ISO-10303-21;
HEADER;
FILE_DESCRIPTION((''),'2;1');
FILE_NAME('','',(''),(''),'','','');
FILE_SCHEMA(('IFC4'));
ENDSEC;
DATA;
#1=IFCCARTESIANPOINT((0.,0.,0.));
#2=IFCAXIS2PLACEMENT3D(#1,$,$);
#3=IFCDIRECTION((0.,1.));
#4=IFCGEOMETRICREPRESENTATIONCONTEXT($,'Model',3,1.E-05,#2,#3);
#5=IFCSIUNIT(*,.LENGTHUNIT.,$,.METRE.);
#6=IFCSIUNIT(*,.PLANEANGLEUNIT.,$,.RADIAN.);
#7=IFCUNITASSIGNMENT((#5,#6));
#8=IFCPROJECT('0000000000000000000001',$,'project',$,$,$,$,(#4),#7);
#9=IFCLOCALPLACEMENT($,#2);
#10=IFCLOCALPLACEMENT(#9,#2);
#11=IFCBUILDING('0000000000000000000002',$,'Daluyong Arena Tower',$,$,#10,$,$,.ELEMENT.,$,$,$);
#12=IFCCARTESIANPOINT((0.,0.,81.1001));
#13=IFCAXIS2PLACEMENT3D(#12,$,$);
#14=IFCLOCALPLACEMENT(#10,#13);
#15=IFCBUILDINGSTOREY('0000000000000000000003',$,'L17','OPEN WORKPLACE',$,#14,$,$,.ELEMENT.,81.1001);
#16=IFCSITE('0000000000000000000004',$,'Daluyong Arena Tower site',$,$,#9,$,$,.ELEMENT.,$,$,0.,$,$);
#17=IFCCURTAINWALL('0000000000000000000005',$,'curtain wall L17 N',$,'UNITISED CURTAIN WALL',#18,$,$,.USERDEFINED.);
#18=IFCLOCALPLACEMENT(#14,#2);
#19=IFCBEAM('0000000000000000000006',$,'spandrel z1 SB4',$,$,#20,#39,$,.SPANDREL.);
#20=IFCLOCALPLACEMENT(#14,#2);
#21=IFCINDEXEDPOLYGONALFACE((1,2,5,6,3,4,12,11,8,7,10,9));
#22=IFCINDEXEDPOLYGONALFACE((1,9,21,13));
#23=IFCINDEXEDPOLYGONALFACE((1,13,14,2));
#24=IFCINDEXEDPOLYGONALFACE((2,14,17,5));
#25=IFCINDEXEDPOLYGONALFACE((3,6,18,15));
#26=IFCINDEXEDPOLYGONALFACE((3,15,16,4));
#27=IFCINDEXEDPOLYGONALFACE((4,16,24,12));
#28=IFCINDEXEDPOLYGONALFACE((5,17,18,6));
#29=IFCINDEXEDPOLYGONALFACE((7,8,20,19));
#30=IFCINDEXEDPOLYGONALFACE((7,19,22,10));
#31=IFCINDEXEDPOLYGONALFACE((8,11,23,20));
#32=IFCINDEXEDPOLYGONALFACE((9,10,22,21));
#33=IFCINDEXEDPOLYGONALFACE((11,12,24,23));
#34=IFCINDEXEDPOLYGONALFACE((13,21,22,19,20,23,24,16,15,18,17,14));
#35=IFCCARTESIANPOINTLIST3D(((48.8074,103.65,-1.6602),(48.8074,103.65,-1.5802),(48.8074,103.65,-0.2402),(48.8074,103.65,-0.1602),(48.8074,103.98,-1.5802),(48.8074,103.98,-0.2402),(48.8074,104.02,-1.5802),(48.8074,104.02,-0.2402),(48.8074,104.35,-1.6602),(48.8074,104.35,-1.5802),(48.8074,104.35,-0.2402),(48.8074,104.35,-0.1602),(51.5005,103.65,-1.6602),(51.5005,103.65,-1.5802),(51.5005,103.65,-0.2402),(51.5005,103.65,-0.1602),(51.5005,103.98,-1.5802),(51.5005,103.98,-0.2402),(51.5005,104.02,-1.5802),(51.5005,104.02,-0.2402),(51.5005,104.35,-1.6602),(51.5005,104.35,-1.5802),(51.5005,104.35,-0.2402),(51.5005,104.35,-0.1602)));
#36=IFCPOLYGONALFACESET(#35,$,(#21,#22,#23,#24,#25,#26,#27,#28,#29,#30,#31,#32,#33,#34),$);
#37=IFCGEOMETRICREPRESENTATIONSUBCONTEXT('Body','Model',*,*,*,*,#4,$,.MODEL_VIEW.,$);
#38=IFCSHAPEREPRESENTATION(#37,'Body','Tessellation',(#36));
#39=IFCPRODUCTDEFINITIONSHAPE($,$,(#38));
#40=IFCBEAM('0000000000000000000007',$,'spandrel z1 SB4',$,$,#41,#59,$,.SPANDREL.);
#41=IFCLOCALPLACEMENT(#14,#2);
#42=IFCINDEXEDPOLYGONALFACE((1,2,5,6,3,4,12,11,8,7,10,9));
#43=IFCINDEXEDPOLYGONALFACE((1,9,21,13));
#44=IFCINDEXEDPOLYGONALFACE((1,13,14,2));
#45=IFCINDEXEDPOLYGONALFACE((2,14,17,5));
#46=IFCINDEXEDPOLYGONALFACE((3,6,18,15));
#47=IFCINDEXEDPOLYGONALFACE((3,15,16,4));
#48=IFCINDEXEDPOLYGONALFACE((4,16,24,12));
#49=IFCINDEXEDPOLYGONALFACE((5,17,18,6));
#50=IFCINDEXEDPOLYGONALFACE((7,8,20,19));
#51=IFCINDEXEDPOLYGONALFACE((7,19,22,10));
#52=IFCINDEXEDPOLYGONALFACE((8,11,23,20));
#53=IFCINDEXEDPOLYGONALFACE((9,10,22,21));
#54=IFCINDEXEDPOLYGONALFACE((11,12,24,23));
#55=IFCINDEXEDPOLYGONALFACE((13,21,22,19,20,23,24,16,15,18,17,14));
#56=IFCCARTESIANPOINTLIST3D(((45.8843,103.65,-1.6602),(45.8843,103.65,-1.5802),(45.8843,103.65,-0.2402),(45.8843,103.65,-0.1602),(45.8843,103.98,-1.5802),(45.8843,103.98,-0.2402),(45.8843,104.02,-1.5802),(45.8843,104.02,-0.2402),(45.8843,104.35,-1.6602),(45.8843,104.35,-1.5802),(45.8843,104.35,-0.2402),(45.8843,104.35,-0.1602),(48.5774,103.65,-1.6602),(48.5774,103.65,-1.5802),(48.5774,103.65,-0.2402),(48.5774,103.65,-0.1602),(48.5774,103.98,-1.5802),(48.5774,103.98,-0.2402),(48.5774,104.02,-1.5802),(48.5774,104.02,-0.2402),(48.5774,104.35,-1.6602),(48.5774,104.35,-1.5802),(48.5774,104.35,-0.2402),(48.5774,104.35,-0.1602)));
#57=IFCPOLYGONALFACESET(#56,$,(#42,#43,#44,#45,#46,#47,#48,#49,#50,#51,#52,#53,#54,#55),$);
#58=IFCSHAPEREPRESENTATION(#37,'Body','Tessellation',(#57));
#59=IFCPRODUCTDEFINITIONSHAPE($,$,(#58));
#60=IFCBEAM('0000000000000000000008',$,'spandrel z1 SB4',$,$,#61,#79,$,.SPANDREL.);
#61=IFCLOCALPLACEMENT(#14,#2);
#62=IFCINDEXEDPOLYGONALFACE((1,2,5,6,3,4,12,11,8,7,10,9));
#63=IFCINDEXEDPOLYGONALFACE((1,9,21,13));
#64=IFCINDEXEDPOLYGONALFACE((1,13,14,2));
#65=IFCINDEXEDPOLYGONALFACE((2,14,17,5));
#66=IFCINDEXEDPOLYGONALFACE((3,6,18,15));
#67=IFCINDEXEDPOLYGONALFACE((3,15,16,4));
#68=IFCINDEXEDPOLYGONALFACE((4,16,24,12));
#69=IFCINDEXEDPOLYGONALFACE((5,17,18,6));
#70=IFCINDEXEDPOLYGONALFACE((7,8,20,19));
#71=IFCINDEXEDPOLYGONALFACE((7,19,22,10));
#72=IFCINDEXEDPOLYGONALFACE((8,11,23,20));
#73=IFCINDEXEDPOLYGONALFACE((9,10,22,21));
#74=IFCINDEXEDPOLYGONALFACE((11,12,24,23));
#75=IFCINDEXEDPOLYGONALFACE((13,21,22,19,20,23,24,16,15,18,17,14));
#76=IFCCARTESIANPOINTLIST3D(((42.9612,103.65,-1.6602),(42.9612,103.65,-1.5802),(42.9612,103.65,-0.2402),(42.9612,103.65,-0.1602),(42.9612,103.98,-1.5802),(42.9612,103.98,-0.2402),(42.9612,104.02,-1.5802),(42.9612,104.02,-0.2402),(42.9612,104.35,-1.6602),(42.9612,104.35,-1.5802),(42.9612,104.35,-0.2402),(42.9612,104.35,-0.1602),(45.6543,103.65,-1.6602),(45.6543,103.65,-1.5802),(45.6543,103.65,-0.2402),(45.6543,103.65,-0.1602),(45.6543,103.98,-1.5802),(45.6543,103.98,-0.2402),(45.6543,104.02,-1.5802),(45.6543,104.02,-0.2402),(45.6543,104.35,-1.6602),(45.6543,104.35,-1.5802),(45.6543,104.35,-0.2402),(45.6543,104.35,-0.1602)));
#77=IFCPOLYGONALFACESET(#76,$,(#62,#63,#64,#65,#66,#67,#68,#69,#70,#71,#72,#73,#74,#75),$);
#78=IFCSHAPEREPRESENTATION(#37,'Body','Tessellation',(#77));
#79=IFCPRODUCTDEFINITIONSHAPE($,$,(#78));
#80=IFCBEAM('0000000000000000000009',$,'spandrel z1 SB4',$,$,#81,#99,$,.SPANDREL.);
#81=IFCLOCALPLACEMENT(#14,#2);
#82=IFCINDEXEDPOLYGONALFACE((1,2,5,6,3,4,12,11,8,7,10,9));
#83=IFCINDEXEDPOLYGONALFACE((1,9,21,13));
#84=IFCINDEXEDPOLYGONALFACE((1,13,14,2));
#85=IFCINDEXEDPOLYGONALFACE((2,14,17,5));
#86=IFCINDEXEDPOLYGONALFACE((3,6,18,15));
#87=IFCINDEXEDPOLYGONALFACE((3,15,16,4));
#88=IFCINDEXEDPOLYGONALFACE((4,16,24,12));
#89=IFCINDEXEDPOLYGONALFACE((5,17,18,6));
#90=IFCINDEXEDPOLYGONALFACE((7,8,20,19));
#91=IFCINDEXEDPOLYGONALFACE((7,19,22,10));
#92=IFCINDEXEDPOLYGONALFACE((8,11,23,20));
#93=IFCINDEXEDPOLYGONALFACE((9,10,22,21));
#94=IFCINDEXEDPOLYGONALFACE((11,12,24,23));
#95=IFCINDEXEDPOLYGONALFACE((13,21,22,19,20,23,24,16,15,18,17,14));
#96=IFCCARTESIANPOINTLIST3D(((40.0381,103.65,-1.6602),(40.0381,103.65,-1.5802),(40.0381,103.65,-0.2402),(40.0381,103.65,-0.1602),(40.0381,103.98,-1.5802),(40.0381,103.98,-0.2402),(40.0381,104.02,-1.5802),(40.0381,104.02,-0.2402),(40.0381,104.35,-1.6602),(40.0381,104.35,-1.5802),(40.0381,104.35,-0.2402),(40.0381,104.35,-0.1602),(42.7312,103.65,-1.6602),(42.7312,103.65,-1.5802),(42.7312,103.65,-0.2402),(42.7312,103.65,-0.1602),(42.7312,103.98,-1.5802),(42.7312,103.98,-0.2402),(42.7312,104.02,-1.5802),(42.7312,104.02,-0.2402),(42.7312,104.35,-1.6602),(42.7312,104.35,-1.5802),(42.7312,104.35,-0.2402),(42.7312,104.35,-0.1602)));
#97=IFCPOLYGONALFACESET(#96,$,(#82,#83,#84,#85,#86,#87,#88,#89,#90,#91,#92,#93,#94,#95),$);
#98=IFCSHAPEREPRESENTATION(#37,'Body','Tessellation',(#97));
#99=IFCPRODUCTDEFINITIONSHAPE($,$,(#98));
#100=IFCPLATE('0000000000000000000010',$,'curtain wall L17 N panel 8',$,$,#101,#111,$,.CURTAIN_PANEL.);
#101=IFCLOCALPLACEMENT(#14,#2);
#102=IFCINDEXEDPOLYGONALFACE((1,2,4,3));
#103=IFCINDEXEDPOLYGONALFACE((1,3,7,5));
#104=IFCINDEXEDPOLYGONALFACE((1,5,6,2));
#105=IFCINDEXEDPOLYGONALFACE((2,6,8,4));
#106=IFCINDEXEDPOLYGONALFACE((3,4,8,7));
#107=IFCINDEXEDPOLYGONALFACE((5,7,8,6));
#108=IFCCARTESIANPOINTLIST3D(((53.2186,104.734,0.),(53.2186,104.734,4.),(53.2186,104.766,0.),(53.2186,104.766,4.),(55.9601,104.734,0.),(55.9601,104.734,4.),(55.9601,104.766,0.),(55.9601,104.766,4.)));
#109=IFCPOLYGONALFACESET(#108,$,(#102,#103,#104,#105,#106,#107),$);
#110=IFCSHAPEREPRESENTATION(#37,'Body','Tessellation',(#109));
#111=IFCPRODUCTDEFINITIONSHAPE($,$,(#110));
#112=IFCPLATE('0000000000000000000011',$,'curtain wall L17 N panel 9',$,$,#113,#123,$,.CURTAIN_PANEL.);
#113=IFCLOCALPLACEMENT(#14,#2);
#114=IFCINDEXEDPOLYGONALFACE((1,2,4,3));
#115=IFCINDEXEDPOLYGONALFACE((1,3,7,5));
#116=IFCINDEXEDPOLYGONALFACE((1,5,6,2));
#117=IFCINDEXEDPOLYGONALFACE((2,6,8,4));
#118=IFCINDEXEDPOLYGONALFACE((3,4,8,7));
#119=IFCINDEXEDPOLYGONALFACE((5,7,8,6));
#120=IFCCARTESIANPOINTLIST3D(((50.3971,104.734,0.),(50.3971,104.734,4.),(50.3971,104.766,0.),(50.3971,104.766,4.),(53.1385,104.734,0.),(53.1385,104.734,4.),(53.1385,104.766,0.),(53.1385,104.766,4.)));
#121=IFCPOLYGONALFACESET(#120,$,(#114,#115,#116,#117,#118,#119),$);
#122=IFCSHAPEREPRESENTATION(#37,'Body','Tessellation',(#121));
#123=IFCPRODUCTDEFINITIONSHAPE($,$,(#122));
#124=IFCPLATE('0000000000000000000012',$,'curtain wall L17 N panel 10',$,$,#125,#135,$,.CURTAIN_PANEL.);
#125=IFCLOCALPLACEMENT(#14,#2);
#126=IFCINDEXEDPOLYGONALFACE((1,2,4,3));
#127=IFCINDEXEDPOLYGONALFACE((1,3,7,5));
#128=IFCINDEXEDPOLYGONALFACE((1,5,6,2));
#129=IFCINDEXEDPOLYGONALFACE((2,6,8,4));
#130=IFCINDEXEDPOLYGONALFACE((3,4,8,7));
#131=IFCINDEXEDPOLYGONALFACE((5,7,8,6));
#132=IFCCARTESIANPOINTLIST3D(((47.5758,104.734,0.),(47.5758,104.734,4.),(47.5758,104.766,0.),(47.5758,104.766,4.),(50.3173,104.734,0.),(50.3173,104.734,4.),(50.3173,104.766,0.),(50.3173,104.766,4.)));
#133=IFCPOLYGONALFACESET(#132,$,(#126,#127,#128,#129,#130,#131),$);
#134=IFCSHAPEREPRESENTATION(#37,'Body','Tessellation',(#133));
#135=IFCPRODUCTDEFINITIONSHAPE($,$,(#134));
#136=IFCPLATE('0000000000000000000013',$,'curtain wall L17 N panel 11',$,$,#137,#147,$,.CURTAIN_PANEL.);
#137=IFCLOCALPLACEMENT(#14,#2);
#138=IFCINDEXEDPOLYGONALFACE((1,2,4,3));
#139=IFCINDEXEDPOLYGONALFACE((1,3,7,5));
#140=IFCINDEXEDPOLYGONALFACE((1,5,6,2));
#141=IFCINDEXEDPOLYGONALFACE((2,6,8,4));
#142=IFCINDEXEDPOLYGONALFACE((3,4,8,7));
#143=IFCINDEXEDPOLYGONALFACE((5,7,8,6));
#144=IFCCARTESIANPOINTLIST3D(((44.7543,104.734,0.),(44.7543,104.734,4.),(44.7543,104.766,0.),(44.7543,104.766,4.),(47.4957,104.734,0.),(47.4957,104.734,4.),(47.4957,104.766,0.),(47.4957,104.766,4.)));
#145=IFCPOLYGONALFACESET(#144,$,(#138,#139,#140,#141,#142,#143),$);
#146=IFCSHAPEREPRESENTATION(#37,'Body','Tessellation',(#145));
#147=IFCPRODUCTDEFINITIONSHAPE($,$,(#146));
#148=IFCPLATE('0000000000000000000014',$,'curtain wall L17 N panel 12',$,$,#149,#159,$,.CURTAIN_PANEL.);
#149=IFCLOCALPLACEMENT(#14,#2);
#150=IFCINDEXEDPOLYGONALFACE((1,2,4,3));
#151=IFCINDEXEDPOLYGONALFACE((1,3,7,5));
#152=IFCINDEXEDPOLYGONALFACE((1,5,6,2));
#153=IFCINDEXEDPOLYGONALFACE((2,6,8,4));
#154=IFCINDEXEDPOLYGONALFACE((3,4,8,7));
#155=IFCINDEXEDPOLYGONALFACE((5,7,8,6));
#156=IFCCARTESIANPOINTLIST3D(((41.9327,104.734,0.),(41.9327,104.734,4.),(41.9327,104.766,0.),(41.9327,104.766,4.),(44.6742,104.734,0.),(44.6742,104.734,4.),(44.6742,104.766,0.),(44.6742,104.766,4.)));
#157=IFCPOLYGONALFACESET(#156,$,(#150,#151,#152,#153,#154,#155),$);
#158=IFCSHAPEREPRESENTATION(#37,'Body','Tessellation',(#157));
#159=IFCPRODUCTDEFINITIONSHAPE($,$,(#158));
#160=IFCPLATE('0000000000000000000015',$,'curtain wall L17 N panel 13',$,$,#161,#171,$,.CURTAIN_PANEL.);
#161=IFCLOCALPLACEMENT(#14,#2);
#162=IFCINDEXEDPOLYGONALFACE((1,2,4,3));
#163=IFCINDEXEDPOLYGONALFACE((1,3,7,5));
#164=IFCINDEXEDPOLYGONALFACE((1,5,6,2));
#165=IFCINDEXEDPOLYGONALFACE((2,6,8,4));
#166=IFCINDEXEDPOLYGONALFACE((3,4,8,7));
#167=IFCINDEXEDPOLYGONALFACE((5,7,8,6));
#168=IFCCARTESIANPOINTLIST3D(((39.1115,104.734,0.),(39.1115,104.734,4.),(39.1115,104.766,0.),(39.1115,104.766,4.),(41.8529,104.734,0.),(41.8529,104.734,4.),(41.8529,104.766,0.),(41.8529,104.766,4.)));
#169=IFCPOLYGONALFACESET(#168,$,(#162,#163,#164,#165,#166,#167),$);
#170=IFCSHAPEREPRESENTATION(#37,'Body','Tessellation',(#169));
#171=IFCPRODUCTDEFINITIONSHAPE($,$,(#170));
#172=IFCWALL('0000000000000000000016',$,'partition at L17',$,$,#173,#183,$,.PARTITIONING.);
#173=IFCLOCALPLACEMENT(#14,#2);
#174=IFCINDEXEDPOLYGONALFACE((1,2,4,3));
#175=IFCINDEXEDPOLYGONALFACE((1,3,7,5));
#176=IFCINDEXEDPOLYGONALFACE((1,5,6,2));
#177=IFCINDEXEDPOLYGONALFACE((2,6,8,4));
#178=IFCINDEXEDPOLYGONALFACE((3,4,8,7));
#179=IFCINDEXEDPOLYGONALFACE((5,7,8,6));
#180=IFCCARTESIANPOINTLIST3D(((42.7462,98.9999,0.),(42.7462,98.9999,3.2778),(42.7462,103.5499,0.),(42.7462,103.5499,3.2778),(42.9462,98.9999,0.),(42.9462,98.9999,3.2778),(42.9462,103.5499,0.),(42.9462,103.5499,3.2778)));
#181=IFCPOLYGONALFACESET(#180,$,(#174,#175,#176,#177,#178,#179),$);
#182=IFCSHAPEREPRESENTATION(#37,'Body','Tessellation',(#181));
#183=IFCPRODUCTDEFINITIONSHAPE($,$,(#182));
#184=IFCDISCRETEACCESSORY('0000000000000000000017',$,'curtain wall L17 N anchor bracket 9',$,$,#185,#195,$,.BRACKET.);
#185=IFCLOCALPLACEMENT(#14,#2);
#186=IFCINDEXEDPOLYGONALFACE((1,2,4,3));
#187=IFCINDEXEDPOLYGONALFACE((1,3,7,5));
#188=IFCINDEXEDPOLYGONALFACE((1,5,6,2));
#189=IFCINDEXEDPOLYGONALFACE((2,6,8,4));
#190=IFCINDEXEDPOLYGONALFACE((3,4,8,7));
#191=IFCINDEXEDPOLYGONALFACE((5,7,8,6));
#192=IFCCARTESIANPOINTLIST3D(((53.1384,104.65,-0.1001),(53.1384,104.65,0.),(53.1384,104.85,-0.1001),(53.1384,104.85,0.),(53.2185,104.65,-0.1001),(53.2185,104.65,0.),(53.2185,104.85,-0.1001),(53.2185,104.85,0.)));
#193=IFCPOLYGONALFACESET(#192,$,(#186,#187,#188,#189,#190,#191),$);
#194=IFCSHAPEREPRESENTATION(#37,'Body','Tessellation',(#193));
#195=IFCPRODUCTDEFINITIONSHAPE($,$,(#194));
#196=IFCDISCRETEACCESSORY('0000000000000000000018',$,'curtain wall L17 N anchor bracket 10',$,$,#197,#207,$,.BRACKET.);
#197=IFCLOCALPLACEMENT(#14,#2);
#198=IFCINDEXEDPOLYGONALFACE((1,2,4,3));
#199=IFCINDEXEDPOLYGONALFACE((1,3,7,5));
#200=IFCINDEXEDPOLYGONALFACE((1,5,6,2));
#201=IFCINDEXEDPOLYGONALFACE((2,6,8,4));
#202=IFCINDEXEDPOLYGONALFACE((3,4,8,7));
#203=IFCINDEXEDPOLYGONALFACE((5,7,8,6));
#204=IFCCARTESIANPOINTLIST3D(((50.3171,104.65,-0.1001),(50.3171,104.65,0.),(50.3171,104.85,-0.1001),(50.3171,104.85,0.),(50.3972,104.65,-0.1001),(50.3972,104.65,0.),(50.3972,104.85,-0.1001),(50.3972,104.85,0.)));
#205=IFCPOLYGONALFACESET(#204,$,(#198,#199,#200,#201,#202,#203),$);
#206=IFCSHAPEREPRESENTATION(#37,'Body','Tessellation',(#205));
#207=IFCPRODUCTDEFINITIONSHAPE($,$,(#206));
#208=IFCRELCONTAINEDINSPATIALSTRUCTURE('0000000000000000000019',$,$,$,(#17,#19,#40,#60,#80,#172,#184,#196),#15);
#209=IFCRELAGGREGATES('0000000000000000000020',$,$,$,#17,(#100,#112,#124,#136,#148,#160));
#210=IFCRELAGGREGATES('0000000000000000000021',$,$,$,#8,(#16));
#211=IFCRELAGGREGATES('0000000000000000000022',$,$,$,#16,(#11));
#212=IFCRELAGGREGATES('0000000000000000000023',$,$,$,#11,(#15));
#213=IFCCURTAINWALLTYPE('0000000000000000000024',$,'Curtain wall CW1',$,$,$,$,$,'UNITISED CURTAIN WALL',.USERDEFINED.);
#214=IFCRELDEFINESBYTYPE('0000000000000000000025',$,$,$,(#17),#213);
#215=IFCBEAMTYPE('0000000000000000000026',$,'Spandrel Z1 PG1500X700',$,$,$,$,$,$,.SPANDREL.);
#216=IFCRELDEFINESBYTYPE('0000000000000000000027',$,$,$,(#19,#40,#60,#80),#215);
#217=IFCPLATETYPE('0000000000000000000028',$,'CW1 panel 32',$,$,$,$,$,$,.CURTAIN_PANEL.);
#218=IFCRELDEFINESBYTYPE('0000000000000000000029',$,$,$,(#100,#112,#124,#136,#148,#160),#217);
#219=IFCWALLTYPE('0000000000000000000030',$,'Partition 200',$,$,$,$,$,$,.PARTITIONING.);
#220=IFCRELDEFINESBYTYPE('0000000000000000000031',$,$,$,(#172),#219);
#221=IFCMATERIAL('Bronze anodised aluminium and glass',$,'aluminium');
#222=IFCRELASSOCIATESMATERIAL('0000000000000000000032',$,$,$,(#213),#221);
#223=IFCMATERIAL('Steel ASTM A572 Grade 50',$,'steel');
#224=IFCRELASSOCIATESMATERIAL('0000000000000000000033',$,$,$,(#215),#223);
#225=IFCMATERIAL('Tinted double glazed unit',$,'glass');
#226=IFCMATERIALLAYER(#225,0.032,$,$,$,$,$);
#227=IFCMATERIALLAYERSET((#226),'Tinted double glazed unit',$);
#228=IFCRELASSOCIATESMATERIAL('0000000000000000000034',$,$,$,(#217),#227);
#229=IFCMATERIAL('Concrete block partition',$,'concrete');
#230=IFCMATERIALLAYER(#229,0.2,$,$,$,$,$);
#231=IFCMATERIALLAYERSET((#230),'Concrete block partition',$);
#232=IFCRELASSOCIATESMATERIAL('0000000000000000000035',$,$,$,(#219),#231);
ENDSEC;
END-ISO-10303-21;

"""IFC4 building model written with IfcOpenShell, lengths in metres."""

from ifc_helpers import new_model, si_unit, direction, frame, frame_2d, origin, origin_2d, place, context, subcontext, project, spatial, rectangle, i_section, extrude, material, layer, layer_set, material_profile, profile_set, type_object, element, aggregate, save


model = new_model("IFC4")

# Units and contexts
model_context = context("Model", 3, precision=1e-05, world=origin(), true_north=direction((0.0, 1.0)))
body_context = subcontext(model_context, "Body", "Model", "MODEL_VIEW")
ifc_project = project(units=[si_unit("LENGTHUNIT", "METRE"), si_unit("PLANEANGLEUNIT", "RADIAN")], contexts=[model_context])

# Site, building, storey
site_placement = place(None, origin())
site = spatial("IfcSite", under=ifc_project, at=site_placement, Name="Daluyong Arena Tower site", CompositionType="ELEMENT", RefElevation=0.0)
building_placement = place(site_placement, origin())
building = spatial("IfcBuilding", under=site, at=building_placement, Name="Daluyong Arena Tower", CompositionType="ELEMENT")
storey_placement = place(building_placement, frame((0.0, 0.0, 81.1001)))
storey = spatial("IfcBuildingStorey", under=building, at=storey_placement, Name="L17", Description="OPEN WORKPLACE", CompositionType="ELEMENT", Elevation=81.1001)

# Curtain wall
ifc_material_1 = material(Name="Bronze anodised aluminium and glass", Category="aluminium")
curtain_wall_type = type_object("IfcCurtainWallType", Name="Curtain wall CW1", ElementType="UNITISED CURTAIN WALL", PredefinedType="USERDEFINED", material=ifc_material_1)
curtain_wall_placement = place(storey_placement, origin())
curtain_wall = element("IfcCurtainWall", 1, at=curtain_wall_placement, inside=storey, type_object=curtain_wall_type, Name="curtain wall L17 N", ObjectType="UNITISED CURTAIN WALL", PredefinedType="USERDEFINED")

# Beams
ifc_material_2 = material(Name="Steel ASTM A572 Grade 50", Category="steel")
ifc_material_profile_1 = material_profile(ifc_material_2, i_section(OverallWidth=0.7, OverallDepth=1.5, WebThickness=0.04, FlangeThickness=0.08, at=origin_2d()))
ifc_profile_set_1 = profile_set([ifc_material_profile_1], Name="Steel ASTM A572 Grade 50")
beam_type_1 = type_object("IfcBeamType", Name="Spandrel Z1 PG1500X700", PredefinedType="SPANDREL", material=ifc_profile_set_1)
for number, where, z_axis, x_axis, name in (
    (2, (51.5005, 104.0, -0.9102), (-1.0, 0.0, 0.0), (0.0, -1.0, 0.0), "spandrel z1 SB4"),
    (3, (48.5774, 104.0, -0.9102), (-1.0, 0.0, 0.0), (0.0, -1.0, 0.0), "spandrel z1 SB4"),
    (4, (45.6543, 104.0, -0.9102), (-1.0, 0.0, 0.0), (0.0, -1.0, 0.0), "spandrel z1 SB4"),
    (5, (42.7312, 104.0, -0.9102), (-1.0, 0.0, 0.0), (0.0, -1.0, 0.0), "spandrel z1 SB4"),
):
    element("IfcBeam", number, at=place(storey_placement, frame(where, z_axis=z_axis, x_axis=x_axis)), inside=storey, type_object=beam_type_1, Name=name, PredefinedType="SPANDREL", context=body_context, shape_type="SweptSolid", body=[
        extrude(i_section(OverallWidth=0.7, OverallDepth=1.5, WebThickness=0.04, FlangeThickness=0.08, at=origin_2d()), origin(), (0.0, 0.0, 1.0), 2.6931),
    ])

# Plates
ifc_material_3 = material(Name="Tinted double glazed unit", Category="glass")
ifc_layer_1 = layer(ifc_material_3, 0.032)
ifc_layer_set_1 = layer_set([ifc_layer_1], Name="Tinted double glazed unit")
plate_type = type_object("IfcPlateType", Name="CW1 panel 32", PredefinedType="CURTAIN_PANEL", material=ifc_layer_set_1)
plate_1_placement = place(storey_placement, frame((54.5894, 104.75, 0.0), z_axis=(0.0, 0.0, 1.0), x_axis=(-1.0, 0.0, 0.0)))
plate_1 = element("IfcPlate", 6, at=plate_1_placement, type_object=plate_type, Name="curtain wall L17 N panel 8", PredefinedType="CURTAIN_PANEL", context=body_context, shape_type="SweptSolid", body=[
    extrude(rectangle(XDim=2.7415, YDim=0.032, at=origin_2d()), origin(), (0.0, 0.0, 1.0), 4.0),
])
plate_2_placement = place(storey_placement, frame((51.7678, 104.75, 0.0), z_axis=(0.0, 0.0, 1.0), x_axis=(-1.0, 0.0, 0.0)))
plate_2 = element("IfcPlate", 7, at=plate_2_placement, type_object=plate_type, Name="curtain wall L17 N panel 9", PredefinedType="CURTAIN_PANEL", context=body_context, shape_type="SweptSolid", body=[
    extrude(rectangle(XDim=2.7415, YDim=0.032, at=origin_2d()), origin(), (0.0, 0.0, 1.0), 4.0),
])
plate_3_placement = place(storey_placement, frame((48.9465, 104.75, 0.0), z_axis=(0.0, 0.0, 1.0), x_axis=(-1.0, 0.0, 0.0)))
plate_3 = element("IfcPlate", 8, at=plate_3_placement, type_object=plate_type, Name="curtain wall L17 N panel 10", PredefinedType="CURTAIN_PANEL", context=body_context, shape_type="SweptSolid", body=[
    extrude(rectangle(XDim=2.7415, YDim=0.032, at=origin_2d()), origin(), (0.0, 0.0, 1.0), 4.0),
])
plate_4_placement = place(storey_placement, frame((46.125, 104.75, 0.0), z_axis=(0.0, 0.0, 1.0), x_axis=(-1.0, 0.0, 0.0)))
plate_4 = element("IfcPlate", 9, at=plate_4_placement, type_object=plate_type, Name="curtain wall L17 N panel 11", PredefinedType="CURTAIN_PANEL", context=body_context, shape_type="SweptSolid", body=[
    extrude(rectangle(XDim=2.7415, YDim=0.032, at=origin_2d()), origin(), (0.0, 0.0, 1.0), 4.0),
])
plate_5_placement = place(storey_placement, frame((43.3035, 104.75, 0.0), z_axis=(0.0, 0.0, 1.0), x_axis=(-1.0, 0.0, 0.0)))
plate_5 = element("IfcPlate", 10, at=plate_5_placement, type_object=plate_type, Name="curtain wall L17 N panel 12", PredefinedType="CURTAIN_PANEL", context=body_context, shape_type="SweptSolid", body=[
    extrude(rectangle(XDim=2.7415, YDim=0.032, at=origin_2d()), origin(), (0.0, 0.0, 1.0), 4.0),
])
plate_6_placement = place(storey_placement, frame((40.4822, 104.75, 0.0), z_axis=(0.0, 0.0, 1.0), x_axis=(-1.0, 0.0, 0.0)))
plate_6 = element("IfcPlate", 11, at=plate_6_placement, type_object=plate_type, Name="curtain wall L17 N panel 13", PredefinedType="CURTAIN_PANEL", context=body_context, shape_type="SweptSolid", body=[
    extrude(rectangle(XDim=2.7415, YDim=0.032, at=origin_2d()), origin(), (0.0, 0.0, 1.0), 4.0),
])
aggregate(curtain_wall, [plate_1, plate_2, plate_3, plate_4, plate_5, plate_6])

# Wall
ifc_material_4 = material(Name="Concrete block partition", Category="concrete")
ifc_layer_2 = layer(ifc_material_4, 0.2)
ifc_layer_set_2 = layer_set([ifc_layer_2], Name="Concrete block partition")
wall_type = type_object("IfcWallType", Name="Partition 200", PredefinedType="PARTITIONING", material=ifc_layer_set_2)
wall_placement = place(storey_placement, frame((42.8462, 99.0, 0.0), z_axis=(0.0, 0.0, 1.0), x_axis=(0.0, 1.0, 0.0)))
element("IfcWall", 12, at=wall_placement, inside=storey, type_object=wall_type, Name="partition at L17", PredefinedType="PARTITIONING", context=body_context, shape_type="SweptSolid", body=[
    extrude(rectangle(XDim=4.55, YDim=0.2, at=frame_2d((2.2749, 0.0))), origin(), (0.0, 0.0, 1.0), 3.2778),
])

# Discrete accessories
for number, where, z_axis, x_axis, name in (
    (13, (53.1785, 104.75, -0.1001), (0.0, 0.0, 1.0), (-1.0, 0.0, 0.0), "curtain wall L17 N anchor bracket 9"),
    (14, (50.3572, 104.75, -0.1001), (0.0, 0.0, 1.0), (-1.0, 0.0, 0.0), "curtain wall L17 N anchor bracket 10"),
):
    element("IfcDiscreteAccessory", number, at=place(storey_placement, frame(where, z_axis=z_axis, x_axis=x_axis)), inside=storey, Name=name, PredefinedType="BRACKET", context=body_context, shape_type="SweptSolid", body=[
        extrude(rectangle(XDim=0.0801, YDim=0.2, at=origin_2d()), origin(), (0.0, 0.0, 1.0), 0.1001),
    ])

save(model, "model.ifc")
